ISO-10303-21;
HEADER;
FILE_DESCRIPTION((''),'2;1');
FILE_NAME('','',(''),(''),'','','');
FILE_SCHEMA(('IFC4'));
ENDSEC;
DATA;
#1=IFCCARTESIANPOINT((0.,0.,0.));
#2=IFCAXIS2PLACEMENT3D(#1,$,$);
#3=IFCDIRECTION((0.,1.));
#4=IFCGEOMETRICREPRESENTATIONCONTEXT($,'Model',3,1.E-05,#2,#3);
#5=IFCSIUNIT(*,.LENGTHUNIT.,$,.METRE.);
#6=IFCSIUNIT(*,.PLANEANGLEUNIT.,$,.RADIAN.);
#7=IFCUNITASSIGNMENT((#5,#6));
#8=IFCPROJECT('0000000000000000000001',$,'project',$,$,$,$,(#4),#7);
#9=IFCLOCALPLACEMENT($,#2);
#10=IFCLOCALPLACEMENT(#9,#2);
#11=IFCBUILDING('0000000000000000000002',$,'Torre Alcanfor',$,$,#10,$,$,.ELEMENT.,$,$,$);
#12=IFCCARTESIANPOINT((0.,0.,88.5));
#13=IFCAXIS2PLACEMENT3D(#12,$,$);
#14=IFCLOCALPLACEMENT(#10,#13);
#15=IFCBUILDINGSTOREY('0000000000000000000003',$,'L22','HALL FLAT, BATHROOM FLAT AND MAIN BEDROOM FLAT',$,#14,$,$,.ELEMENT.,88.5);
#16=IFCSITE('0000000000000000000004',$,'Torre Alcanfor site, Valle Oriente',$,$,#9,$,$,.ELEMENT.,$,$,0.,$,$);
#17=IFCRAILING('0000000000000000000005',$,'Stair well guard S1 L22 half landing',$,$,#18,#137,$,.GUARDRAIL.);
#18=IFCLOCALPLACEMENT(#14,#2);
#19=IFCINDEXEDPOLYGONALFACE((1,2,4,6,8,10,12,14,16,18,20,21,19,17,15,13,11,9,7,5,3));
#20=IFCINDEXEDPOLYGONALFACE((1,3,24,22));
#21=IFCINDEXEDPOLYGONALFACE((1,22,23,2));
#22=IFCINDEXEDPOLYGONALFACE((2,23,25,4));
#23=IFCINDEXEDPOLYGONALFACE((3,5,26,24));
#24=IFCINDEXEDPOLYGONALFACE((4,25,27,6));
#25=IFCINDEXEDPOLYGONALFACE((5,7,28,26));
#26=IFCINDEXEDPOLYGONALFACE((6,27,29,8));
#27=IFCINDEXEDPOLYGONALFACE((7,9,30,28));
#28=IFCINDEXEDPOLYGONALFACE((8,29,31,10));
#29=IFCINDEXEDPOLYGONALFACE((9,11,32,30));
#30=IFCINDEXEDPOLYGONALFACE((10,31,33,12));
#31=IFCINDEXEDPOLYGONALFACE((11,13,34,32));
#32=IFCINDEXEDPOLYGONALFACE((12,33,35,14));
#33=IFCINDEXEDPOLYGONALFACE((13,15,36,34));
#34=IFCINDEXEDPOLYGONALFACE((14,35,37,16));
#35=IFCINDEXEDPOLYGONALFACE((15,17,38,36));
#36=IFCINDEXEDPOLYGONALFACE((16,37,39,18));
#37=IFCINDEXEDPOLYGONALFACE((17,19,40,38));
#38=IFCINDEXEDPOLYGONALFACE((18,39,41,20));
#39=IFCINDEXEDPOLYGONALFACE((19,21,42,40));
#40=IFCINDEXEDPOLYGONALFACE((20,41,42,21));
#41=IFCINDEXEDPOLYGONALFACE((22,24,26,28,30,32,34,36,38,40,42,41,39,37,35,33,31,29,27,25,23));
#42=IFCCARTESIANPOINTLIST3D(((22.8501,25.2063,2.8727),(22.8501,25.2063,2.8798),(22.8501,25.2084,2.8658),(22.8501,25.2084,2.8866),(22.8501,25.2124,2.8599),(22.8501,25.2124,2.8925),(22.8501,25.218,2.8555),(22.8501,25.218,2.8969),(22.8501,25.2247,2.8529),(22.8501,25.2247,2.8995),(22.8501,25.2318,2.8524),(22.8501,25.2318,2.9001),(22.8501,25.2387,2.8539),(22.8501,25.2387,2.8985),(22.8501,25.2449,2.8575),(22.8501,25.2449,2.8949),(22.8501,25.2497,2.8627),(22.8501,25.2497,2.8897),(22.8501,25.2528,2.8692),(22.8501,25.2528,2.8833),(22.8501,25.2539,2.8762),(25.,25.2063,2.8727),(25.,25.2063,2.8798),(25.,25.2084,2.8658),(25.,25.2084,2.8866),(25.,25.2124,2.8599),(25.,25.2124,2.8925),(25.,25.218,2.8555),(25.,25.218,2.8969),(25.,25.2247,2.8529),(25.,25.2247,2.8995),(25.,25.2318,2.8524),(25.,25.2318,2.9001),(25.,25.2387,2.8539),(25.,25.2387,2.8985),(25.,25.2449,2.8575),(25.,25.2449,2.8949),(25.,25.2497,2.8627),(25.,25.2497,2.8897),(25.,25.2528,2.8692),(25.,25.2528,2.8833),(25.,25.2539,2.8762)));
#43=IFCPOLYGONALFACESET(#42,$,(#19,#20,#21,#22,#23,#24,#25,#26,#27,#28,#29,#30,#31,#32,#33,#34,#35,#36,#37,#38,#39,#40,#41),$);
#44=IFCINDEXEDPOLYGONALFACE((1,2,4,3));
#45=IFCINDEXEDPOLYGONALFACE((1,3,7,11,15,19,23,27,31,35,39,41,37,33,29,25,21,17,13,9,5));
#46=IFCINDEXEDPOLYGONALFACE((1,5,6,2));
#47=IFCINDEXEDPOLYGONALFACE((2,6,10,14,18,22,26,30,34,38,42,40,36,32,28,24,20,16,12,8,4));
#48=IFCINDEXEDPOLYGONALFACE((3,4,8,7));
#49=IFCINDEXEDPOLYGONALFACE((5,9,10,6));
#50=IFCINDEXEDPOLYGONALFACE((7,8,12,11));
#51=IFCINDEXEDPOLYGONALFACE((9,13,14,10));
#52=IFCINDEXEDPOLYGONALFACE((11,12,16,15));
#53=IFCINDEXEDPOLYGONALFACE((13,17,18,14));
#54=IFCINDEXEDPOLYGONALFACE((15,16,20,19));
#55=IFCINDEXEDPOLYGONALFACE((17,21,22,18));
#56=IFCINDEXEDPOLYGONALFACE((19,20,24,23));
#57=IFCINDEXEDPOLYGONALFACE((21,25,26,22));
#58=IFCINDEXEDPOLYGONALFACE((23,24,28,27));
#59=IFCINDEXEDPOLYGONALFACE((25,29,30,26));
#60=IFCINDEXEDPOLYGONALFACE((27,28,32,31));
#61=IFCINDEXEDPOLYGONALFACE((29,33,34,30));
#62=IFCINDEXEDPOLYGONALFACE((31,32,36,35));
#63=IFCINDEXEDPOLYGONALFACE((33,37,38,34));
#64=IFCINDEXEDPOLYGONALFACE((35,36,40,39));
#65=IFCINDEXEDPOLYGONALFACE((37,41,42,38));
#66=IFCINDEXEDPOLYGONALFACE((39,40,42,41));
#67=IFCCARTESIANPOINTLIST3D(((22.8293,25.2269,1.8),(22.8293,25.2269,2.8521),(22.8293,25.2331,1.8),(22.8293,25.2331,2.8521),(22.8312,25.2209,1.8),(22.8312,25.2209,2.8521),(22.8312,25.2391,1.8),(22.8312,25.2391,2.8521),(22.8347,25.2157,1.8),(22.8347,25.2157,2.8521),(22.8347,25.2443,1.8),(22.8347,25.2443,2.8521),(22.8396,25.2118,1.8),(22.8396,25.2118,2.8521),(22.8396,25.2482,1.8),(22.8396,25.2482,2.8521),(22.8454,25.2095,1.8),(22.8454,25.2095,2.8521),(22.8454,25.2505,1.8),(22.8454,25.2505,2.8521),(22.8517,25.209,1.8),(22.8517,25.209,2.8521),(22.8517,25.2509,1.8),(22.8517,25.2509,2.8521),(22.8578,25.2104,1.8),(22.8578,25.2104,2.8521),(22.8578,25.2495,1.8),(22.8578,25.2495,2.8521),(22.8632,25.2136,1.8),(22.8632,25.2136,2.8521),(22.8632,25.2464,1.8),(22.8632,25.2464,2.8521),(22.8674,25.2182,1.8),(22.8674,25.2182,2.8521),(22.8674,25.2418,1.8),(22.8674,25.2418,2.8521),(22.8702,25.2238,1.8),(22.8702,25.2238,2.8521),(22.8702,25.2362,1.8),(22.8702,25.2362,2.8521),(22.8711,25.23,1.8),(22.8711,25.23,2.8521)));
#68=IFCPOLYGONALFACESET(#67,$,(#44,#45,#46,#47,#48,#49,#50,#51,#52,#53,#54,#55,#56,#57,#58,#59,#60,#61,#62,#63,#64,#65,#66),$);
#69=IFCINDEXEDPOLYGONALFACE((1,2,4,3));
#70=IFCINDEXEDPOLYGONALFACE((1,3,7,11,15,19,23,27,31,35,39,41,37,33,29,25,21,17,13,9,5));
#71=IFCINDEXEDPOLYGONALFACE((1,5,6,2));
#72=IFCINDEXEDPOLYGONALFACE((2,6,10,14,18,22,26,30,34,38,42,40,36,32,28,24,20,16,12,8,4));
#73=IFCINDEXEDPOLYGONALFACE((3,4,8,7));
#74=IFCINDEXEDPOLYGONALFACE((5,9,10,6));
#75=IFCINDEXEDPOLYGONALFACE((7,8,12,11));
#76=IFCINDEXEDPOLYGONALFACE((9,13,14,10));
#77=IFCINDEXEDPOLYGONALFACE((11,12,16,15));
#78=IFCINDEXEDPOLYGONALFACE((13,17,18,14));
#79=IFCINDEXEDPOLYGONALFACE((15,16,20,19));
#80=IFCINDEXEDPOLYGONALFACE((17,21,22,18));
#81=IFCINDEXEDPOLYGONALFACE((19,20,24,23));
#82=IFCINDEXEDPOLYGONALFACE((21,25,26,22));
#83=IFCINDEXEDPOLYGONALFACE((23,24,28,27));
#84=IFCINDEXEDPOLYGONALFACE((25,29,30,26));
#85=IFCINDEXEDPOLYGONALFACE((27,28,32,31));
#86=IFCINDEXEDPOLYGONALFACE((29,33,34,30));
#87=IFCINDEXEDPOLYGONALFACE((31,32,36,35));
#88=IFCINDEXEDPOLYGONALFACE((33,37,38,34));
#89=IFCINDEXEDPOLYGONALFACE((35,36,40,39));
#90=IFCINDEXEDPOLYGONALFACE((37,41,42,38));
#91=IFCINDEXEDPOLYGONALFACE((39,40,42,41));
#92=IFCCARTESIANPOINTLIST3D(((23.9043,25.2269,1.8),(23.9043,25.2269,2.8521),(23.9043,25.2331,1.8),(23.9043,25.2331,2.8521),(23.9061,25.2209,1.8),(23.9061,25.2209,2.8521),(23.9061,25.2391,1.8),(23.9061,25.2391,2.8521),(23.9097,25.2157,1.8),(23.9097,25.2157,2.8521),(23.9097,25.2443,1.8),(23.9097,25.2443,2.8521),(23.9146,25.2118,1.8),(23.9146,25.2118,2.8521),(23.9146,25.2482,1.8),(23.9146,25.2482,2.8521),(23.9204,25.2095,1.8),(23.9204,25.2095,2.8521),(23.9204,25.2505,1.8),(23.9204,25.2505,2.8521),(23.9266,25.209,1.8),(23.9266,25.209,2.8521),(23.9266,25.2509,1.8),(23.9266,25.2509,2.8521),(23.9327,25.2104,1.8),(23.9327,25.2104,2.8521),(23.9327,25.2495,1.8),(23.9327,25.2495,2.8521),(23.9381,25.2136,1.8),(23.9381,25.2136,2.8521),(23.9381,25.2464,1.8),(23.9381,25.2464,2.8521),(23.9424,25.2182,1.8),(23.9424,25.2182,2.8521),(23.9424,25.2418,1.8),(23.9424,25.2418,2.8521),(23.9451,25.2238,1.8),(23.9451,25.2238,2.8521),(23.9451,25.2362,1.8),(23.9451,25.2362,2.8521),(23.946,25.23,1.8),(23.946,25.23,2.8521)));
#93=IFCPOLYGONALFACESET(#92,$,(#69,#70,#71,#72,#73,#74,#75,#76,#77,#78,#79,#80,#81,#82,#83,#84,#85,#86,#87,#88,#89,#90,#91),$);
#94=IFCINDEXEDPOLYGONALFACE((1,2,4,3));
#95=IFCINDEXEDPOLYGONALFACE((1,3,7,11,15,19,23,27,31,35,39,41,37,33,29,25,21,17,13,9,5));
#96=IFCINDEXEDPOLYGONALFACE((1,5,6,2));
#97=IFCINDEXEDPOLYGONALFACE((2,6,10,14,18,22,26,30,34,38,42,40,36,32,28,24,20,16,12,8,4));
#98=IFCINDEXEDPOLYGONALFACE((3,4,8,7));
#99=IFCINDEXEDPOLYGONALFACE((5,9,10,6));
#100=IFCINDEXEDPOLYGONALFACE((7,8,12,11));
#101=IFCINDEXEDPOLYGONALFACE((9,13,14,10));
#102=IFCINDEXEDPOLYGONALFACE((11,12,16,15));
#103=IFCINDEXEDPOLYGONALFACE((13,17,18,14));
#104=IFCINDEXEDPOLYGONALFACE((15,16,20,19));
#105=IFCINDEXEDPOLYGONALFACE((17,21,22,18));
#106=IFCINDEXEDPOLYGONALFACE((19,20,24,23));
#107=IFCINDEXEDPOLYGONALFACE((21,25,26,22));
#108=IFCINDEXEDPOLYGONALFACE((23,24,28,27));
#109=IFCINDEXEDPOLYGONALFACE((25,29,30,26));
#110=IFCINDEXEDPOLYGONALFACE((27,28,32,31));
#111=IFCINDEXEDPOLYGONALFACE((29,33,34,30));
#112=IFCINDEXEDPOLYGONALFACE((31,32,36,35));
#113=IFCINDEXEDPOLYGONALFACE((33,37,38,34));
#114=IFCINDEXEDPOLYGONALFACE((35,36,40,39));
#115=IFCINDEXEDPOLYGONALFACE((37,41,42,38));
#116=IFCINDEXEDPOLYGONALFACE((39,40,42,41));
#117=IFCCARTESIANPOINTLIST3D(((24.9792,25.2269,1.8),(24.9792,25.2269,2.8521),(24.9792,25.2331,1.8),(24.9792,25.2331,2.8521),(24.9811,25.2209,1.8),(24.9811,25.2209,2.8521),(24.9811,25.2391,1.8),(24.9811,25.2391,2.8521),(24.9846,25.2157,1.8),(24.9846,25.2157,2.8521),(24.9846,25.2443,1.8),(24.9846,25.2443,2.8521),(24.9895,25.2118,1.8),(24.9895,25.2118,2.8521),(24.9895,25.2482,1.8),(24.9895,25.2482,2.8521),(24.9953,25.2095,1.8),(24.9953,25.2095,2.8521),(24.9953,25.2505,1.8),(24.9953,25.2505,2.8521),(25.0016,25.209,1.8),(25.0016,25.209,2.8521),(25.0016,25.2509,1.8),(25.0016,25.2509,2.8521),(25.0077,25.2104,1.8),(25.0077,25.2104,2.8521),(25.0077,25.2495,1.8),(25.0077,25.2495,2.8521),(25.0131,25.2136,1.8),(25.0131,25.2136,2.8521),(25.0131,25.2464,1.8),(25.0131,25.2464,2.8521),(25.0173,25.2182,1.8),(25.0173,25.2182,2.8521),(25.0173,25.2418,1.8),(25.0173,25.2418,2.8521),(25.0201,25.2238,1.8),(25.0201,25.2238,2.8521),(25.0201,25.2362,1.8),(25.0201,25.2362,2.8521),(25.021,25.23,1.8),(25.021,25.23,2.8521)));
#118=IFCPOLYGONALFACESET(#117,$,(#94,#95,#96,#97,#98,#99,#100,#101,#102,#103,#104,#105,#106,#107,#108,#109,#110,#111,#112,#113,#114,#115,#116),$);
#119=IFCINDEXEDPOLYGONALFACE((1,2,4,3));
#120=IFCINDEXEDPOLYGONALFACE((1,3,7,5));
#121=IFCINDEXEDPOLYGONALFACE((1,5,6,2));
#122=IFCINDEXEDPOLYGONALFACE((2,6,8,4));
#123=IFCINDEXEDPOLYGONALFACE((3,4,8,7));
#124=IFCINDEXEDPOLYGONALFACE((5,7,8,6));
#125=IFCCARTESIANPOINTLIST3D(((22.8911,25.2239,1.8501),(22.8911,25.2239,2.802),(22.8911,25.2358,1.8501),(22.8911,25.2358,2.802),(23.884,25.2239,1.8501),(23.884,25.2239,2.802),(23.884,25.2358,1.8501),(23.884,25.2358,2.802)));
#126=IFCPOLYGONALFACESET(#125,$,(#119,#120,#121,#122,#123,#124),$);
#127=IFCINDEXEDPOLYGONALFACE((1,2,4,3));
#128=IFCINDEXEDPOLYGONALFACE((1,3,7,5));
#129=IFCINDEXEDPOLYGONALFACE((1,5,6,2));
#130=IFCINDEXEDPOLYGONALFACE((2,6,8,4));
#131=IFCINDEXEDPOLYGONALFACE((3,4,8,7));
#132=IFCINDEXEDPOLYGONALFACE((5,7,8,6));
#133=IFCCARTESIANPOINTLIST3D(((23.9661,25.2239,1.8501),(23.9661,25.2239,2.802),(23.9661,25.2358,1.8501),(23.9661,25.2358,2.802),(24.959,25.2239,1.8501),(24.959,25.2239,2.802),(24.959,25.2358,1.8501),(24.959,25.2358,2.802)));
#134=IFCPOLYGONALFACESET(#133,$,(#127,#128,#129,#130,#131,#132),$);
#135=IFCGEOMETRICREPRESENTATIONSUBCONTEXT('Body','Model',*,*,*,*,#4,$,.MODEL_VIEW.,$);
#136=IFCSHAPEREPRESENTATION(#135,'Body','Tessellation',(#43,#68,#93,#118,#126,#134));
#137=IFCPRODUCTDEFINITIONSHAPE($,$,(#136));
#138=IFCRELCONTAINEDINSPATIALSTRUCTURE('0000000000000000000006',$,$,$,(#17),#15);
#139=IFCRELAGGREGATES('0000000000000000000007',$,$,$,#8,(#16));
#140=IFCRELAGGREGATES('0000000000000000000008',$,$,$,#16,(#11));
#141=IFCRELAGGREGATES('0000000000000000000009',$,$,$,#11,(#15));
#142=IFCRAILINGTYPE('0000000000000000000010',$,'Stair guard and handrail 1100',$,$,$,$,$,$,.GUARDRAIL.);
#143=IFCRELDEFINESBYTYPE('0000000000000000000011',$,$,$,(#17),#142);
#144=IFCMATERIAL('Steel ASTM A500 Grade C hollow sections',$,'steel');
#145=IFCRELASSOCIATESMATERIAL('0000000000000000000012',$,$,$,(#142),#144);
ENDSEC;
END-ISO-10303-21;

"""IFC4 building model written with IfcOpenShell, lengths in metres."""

from ifc_helpers import new_model, si_unit, direction, frame, origin, origin_2d, place, context, subcontext, project, spatial, polyline, circle, outline, extrude, material, type_object, element, save


model = new_model("IFC4")

# Units and contexts
model_context = context("Model", 3, precision=1e-05, world=origin(), true_north=direction((0.0, 1.0)))
body_context = subcontext(model_context, "Body", "Model", "MODEL_VIEW")
ifc_project = project(units=[si_unit("LENGTHUNIT", "METRE"), si_unit("PLANEANGLEUNIT", "RADIAN")], contexts=[model_context])

# Site, building, storey
site_placement = place(None, origin())
site = spatial("IfcSite", under=ifc_project, at=site_placement, Name="Torre Alcanfor site, Valle Oriente", CompositionType="ELEMENT", RefElevation=0.0)
building_placement = place(site_placement, origin())
building = spatial("IfcBuilding", under=site, at=building_placement, Name="Torre Alcanfor", CompositionType="ELEMENT")
storey_placement = place(building_placement, frame((0.0, 0.0, 88.5)))
storey = spatial("IfcBuildingStorey", under=building, at=storey_placement, Name="L22", Description="HALL FLAT, BATHROOM FLAT AND MAIN BEDROOM FLAT", CompositionType="ELEMENT", Elevation=88.5)

# Railing
ifc_material_1 = material(Name="Steel ASTM A500 Grade C hollow sections", Category="steel")
railing_type_1 = type_object("IfcRailingType", Name="Stair guard and handrail 1100", PredefinedType="GUARDRAIL", material=ifc_material_1)
railing_1_placement = place(storey_placement, frame((22.8501, 25.23, 1.8)))
element("IfcRailing", 1, at=railing_1_placement, inside=storey, type_object=railing_type_1, Name="Stair well guard S1 L22 half landing", PredefinedType="GUARDRAIL", context=body_context, shape_type="SweptSolid", body=[
    extrude(circle(Radius=0.0239, at=origin_2d()), frame((0.0, 0.0, 1.0762), z_axis=(1.0, 0.0, 0.0), x_axis=(0.0, 1.0, 0.0)), (0.0, 0.0, 1.0), 2.1499),
    extrude(circle(Radius=0.021, at=origin_2d()), origin(), (0.0, 0.0, 1.0), 1.052),
    extrude(circle(Radius=0.021, at=origin_2d()), frame((1.075, 0.0, 0.0)), (0.0, 0.0, 1.0), 1.052),
    extrude(circle(Radius=0.021, at=origin_2d()), frame((2.1499, 0.0, 0.0)), (0.0, 0.0, 1.0), 1.052),
    extrude(outline(polyline([(0.041, 0.05), (1.0339, 0.05), (1.0339, 1.002), (0.041, 1.002), (0.041, 0.05)])), frame((0.0, 0.0059, 0.0), z_axis=(0.0, -1.0, 0.0), x_axis=(1.0, 0.0, 0.0)), (0.0, 0.0, 1.0), 0.012),
    extrude(outline(polyline([(1.116, 0.05), (2.1089, 0.05), (2.1089, 1.002), (1.116, 1.002), (1.116, 0.05)])), frame((0.0, 0.0059, 0.0), z_axis=(0.0, -1.0, 0.0), x_axis=(1.0, 0.0, 0.0)), (0.0, 0.0, 1.0), 0.012),
])

save(model, "model.ifc")
